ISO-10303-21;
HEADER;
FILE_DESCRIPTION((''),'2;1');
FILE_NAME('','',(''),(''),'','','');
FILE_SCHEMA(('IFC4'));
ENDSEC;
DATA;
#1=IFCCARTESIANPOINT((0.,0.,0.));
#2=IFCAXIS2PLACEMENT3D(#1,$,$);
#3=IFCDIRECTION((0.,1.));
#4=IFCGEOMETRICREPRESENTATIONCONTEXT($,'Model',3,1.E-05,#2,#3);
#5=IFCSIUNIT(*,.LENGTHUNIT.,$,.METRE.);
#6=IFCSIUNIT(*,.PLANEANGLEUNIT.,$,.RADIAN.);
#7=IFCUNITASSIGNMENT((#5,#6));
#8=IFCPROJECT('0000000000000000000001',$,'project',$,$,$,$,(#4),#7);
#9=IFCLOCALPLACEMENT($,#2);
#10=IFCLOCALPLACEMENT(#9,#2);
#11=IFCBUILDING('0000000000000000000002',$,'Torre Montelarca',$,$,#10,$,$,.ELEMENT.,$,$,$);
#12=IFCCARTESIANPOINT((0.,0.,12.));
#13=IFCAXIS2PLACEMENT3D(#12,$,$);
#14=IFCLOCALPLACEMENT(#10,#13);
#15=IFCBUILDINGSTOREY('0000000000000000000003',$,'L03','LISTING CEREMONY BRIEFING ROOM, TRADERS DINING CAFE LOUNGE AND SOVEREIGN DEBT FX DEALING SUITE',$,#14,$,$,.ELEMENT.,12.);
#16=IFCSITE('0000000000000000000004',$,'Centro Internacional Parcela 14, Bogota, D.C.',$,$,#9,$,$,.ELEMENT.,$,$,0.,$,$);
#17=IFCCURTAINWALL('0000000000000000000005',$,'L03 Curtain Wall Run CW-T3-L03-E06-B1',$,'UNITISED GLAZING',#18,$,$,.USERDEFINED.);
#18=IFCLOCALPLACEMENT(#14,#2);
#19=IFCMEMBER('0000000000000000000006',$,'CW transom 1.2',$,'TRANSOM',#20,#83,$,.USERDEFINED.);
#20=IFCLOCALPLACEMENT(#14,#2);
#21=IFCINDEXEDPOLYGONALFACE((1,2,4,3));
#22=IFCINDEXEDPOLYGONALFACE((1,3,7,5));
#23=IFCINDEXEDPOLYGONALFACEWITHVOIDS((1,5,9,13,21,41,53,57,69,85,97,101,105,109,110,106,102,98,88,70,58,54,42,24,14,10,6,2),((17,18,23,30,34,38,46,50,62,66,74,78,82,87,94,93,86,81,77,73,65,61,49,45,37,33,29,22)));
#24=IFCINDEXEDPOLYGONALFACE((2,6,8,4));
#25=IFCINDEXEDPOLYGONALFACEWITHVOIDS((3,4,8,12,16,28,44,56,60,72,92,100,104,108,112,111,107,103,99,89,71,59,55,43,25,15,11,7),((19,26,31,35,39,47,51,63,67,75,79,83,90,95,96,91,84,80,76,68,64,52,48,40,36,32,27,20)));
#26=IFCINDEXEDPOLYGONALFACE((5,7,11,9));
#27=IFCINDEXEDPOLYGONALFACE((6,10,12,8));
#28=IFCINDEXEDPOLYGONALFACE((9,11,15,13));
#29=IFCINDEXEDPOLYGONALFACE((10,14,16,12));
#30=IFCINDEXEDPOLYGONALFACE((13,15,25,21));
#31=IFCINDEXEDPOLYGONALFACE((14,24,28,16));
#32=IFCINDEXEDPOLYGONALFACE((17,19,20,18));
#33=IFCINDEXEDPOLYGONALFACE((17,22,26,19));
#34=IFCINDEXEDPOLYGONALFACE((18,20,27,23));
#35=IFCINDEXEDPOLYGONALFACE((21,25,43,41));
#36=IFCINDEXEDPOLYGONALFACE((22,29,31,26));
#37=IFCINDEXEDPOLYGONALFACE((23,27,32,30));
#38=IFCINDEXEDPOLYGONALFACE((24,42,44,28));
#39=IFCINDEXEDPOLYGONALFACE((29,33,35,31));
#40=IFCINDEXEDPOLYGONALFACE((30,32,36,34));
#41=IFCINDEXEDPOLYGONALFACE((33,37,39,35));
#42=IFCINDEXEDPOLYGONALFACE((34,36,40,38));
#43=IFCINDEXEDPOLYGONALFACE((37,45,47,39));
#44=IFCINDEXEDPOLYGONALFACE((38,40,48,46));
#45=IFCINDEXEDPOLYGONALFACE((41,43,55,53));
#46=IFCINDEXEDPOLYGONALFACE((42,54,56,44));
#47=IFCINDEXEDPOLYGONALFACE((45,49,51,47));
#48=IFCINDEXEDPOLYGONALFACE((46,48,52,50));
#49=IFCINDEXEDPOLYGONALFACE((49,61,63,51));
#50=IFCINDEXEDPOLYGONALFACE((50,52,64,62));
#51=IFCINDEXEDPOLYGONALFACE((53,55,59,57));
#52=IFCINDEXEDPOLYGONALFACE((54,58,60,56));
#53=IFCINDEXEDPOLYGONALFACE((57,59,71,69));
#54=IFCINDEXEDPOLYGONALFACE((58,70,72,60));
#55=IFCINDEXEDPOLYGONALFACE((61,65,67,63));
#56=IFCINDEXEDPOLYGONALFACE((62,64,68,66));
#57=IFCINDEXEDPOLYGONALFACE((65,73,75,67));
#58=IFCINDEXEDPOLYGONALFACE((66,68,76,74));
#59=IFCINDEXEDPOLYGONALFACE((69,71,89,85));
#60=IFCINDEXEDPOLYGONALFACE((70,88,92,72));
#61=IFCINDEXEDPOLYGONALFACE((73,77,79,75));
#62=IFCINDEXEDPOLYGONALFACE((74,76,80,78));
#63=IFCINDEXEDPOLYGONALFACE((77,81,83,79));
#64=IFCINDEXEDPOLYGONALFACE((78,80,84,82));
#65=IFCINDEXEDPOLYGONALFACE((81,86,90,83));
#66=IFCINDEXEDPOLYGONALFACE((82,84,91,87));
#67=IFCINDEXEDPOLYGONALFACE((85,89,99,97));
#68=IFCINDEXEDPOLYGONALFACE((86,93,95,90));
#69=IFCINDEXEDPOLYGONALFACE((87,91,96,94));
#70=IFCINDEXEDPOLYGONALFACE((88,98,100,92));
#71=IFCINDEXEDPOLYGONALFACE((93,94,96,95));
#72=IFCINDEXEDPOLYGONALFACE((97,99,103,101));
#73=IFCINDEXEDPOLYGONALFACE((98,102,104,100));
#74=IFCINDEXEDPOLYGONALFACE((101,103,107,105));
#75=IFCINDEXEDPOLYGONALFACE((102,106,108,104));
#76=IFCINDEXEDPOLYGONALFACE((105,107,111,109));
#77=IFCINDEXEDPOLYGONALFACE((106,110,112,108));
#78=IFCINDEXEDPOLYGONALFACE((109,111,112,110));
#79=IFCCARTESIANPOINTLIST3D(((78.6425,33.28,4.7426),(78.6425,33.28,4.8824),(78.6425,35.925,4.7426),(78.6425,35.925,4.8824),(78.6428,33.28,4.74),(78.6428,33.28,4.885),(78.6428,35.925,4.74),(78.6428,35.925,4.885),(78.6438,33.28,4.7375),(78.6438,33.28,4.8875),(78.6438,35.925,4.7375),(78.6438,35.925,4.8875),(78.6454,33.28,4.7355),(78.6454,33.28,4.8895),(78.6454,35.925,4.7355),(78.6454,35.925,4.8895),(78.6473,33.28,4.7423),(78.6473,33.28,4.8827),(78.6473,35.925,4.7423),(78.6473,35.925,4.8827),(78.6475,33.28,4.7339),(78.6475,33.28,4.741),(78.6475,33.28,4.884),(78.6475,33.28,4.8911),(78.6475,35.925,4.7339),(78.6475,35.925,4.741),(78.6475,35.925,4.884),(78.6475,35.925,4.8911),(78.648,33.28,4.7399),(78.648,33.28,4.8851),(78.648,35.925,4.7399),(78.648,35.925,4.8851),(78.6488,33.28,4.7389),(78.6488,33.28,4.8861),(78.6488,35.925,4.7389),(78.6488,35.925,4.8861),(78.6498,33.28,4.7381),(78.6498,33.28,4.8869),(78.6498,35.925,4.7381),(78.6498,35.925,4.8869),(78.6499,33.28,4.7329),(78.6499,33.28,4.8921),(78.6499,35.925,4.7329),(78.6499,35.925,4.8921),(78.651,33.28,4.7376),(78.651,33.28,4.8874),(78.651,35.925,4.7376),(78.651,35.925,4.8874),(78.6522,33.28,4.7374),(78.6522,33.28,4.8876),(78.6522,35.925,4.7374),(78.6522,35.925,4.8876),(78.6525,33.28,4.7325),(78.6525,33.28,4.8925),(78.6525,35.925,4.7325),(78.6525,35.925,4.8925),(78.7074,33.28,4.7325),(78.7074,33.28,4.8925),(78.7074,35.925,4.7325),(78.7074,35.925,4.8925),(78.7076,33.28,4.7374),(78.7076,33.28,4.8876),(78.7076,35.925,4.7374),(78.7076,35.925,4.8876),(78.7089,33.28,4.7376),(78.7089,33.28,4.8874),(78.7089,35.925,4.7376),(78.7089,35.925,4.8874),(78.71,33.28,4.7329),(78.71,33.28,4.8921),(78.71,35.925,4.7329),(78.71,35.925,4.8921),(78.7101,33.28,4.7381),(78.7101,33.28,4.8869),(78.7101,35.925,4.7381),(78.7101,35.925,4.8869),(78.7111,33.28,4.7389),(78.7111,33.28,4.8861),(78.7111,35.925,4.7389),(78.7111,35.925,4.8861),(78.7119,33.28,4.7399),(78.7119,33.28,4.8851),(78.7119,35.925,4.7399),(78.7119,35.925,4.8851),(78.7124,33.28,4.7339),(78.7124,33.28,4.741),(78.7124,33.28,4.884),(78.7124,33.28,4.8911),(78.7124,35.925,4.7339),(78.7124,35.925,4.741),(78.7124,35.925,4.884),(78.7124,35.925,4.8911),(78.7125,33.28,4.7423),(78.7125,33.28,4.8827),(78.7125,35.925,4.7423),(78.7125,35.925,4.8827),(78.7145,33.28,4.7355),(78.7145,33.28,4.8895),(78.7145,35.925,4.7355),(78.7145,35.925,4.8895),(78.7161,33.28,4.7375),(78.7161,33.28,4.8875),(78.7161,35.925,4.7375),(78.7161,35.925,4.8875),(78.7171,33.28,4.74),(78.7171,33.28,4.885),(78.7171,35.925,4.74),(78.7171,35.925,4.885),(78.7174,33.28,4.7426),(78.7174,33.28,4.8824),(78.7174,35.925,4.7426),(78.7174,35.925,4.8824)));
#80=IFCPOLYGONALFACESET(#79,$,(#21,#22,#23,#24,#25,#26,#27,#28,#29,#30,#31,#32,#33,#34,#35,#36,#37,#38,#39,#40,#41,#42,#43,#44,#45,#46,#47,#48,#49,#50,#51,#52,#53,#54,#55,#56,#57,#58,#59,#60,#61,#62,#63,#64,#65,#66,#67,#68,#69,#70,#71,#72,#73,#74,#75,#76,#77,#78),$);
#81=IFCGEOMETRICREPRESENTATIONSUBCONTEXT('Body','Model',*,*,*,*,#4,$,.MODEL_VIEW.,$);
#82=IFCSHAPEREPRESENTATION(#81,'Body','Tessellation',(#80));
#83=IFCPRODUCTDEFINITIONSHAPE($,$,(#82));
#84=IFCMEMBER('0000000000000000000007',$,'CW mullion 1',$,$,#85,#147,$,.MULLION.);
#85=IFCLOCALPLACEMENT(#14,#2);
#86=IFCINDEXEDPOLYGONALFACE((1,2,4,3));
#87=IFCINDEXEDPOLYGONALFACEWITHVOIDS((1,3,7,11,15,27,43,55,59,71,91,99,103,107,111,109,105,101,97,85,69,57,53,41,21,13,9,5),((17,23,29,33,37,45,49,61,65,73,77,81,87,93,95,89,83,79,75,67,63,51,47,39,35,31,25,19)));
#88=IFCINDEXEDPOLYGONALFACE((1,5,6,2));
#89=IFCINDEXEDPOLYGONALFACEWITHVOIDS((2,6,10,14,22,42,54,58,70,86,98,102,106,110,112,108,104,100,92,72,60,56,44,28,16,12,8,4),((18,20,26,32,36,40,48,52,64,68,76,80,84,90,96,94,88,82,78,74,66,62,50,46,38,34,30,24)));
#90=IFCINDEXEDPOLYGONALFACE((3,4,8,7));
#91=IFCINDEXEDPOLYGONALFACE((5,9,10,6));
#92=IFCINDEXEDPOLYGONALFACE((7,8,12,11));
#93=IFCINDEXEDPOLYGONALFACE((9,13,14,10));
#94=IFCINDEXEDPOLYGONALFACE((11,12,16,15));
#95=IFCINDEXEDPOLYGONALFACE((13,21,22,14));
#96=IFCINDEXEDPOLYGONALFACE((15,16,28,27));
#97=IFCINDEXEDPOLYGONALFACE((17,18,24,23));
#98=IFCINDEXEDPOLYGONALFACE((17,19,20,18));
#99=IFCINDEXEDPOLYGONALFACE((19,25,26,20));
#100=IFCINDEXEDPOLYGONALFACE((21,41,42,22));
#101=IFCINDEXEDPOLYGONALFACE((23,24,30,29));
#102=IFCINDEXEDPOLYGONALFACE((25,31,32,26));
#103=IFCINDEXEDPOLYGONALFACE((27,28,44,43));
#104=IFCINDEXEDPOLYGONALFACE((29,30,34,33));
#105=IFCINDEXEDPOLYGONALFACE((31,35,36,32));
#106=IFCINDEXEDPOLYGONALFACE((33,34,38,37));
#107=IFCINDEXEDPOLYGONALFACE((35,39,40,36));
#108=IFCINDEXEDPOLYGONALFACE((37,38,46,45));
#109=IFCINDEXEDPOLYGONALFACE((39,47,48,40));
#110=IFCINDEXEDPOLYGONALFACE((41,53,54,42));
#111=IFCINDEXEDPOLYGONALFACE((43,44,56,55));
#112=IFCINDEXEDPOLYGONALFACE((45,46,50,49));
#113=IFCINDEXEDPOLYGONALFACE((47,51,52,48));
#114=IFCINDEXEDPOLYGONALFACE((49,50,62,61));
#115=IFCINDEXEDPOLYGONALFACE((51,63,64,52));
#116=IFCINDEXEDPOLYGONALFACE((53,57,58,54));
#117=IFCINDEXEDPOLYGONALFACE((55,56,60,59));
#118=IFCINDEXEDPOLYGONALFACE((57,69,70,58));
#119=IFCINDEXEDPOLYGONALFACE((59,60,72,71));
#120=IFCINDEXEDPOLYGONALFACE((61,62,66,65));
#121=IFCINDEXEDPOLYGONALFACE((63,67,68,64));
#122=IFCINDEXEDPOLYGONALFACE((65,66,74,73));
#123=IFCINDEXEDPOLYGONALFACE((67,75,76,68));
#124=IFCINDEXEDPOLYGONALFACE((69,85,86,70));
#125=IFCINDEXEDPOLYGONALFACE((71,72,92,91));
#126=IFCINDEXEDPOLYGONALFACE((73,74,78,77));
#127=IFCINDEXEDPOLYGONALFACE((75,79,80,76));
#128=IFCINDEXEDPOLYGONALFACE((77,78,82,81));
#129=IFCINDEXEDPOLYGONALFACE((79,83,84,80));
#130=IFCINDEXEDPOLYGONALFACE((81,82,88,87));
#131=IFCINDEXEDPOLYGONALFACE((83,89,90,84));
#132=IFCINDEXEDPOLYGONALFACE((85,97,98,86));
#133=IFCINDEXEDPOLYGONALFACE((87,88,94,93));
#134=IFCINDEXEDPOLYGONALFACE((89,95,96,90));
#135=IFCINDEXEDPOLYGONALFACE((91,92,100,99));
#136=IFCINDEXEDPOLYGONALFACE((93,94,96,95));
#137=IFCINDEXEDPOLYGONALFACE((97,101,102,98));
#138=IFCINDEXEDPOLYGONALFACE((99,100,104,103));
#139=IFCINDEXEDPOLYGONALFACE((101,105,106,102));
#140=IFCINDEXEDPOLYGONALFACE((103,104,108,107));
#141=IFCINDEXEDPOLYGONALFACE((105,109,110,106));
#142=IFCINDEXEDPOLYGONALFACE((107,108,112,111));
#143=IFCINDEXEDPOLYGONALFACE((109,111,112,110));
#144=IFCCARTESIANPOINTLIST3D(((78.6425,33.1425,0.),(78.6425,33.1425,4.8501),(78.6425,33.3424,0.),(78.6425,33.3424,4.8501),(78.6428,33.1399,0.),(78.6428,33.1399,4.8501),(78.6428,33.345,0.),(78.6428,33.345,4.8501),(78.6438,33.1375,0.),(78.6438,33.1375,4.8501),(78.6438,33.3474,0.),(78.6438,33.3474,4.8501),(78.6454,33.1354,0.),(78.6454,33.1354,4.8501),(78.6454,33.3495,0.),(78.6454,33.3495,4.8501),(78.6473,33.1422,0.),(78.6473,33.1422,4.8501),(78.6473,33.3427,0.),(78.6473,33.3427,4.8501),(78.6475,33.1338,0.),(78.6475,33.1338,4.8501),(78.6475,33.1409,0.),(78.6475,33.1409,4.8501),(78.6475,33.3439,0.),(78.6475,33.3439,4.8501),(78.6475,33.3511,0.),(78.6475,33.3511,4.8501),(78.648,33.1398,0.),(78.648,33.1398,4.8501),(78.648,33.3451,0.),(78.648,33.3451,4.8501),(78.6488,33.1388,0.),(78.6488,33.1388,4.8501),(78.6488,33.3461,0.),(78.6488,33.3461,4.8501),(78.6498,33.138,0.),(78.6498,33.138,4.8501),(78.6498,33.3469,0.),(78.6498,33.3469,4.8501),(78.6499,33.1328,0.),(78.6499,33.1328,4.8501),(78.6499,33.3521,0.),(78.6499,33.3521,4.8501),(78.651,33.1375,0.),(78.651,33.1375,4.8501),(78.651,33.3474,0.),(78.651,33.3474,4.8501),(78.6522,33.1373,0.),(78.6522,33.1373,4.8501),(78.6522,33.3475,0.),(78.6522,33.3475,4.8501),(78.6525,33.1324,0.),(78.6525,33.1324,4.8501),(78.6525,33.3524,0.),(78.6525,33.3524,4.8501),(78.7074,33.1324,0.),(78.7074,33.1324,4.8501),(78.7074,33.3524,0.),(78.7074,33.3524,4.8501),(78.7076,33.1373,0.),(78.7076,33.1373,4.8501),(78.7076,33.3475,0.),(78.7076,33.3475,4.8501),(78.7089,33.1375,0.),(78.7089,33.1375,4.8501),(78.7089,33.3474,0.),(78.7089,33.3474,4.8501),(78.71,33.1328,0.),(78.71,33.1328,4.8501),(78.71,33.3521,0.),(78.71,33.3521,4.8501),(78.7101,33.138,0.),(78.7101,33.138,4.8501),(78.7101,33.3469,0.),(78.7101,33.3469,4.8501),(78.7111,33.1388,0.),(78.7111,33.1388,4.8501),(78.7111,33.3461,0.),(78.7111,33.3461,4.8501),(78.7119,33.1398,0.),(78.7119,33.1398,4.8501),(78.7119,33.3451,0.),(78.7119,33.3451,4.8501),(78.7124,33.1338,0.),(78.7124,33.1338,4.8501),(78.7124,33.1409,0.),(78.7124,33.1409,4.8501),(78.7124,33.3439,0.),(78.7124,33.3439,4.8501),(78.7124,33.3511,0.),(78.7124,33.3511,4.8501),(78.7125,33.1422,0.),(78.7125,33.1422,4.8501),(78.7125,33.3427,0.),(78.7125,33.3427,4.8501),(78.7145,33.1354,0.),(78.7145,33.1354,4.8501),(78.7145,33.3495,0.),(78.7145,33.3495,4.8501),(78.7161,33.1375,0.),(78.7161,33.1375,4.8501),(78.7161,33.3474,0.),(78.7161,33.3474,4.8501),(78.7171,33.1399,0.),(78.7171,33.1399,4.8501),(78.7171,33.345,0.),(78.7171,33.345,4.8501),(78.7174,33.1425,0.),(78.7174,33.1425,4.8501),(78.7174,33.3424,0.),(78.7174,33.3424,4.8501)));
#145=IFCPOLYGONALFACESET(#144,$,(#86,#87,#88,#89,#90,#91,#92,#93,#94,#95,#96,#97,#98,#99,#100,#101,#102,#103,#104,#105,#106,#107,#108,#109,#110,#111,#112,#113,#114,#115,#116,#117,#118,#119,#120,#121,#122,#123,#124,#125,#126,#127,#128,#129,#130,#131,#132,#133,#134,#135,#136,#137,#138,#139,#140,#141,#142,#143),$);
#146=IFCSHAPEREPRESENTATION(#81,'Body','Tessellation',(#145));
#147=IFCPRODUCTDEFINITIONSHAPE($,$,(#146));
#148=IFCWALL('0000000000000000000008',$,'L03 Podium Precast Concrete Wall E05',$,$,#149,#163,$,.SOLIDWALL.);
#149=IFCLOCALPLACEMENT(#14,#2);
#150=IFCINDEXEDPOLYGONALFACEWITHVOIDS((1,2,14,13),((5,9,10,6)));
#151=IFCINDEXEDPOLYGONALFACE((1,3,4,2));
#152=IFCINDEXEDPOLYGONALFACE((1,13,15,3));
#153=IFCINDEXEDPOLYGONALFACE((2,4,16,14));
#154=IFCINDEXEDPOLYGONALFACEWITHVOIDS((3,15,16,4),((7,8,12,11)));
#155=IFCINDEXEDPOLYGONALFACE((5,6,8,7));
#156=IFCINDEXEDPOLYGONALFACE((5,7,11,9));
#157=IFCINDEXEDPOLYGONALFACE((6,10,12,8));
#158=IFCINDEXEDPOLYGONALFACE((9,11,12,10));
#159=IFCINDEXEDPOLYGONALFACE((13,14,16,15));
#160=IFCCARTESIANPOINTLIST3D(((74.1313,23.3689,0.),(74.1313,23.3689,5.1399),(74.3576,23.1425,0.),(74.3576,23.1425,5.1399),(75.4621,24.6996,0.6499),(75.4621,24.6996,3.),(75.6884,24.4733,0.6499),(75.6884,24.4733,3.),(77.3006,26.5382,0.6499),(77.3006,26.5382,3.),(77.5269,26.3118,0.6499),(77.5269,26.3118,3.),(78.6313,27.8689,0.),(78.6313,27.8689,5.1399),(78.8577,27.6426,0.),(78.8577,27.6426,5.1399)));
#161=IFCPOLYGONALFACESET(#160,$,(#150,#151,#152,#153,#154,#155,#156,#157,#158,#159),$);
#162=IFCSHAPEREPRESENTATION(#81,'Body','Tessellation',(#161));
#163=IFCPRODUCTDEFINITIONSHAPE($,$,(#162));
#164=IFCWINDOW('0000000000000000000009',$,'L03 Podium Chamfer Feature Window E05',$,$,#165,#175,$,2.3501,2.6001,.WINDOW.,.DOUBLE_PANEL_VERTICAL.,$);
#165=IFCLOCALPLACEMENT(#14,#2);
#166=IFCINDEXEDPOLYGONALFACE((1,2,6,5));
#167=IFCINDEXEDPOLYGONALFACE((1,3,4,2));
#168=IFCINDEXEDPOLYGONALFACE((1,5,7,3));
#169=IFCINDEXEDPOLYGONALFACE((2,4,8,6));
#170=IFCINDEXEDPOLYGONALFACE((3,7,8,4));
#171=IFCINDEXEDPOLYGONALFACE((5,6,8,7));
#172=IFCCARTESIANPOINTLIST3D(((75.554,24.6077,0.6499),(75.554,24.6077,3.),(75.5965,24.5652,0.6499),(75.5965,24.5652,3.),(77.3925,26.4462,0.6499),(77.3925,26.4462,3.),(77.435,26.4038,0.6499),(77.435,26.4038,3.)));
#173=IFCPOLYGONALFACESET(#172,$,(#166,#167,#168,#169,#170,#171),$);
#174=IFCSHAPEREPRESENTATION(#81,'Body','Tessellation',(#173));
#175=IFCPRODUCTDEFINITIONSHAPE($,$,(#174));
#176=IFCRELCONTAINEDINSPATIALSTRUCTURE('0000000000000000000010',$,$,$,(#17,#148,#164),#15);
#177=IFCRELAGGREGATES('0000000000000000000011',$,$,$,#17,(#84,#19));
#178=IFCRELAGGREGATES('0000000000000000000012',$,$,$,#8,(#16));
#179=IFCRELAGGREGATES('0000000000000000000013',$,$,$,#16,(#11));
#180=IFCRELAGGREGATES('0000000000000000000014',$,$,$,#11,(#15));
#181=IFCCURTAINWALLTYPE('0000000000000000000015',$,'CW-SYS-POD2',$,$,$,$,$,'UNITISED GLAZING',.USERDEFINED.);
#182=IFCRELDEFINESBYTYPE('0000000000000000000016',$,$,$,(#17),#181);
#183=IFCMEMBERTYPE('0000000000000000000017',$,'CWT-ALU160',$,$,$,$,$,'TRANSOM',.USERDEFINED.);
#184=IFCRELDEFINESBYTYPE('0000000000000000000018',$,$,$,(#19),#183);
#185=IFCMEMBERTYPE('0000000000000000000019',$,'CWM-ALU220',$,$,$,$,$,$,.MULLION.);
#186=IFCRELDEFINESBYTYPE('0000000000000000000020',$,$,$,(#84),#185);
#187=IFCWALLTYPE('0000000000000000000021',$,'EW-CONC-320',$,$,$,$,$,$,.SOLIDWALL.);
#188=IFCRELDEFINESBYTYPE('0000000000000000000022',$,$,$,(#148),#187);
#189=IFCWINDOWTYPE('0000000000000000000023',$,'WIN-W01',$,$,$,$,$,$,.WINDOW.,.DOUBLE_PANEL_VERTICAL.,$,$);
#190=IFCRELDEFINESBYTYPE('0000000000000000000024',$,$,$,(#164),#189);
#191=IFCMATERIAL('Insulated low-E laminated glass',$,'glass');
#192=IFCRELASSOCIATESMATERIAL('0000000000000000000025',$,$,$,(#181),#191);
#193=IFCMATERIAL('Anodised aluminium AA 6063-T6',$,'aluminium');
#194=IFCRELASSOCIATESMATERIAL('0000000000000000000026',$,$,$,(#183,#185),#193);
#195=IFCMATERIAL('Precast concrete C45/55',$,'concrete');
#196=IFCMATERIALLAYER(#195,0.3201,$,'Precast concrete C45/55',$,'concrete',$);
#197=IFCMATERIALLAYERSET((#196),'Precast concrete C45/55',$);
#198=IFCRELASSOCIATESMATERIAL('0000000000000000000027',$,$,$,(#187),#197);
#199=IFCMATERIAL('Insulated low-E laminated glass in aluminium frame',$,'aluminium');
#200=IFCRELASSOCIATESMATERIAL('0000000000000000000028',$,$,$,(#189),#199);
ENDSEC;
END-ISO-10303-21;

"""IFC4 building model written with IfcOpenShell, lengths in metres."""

from ifc_helpers import new_model, si_unit, direction, frame, frame_2d, origin, origin_2d, place, context, subcontext, project, spatial, rectangle, hollow_rectangle, extrude, source, transform, mapped, material, layer, layer_set, material_profile, profile_set, type_object, element, fill, aggregate, save


model = new_model("IFC4")

# Units and contexts
model_context = context("Model", 3, precision=1e-05, world=origin(), true_north=direction((0.0, 1.0)))
body_context = subcontext(model_context, "Body", "Model", "MODEL_VIEW")
ifc_project = project(units=[si_unit("LENGTHUNIT", "METRE"), si_unit("PLANEANGLEUNIT", "RADIAN")], contexts=[model_context])

# Site, building, storey
site_placement = place(None, origin())
site = spatial("IfcSite", under=ifc_project, at=site_placement, Name="Centro Internacional Parcela 14, Bogota, D.C.", CompositionType="ELEMENT", RefElevation=0.0)
building_placement = place(site_placement, origin())
building = spatial("IfcBuilding", under=site, at=building_placement, Name="Torre Montelarca", CompositionType="ELEMENT")
storey_placement = place(building_placement, frame((0.0, 0.0, 12.0)))
storey = spatial("IfcBuildingStorey", under=building, at=storey_placement, Name="L03", Description="LISTING CEREMONY BRIEFING ROOM, TRADERS DINING CAFE LOUNGE AND SOVEREIGN DEBT FX DEALING SUITE", CompositionType="ELEMENT", Elevation=12.0)

# Curtain wall, members
ifc_material_1 = material(Name="Insulated low-E laminated glass", Category="glass")
curtain_wall_type = type_object("IfcCurtainWallType", Name="CW-SYS-POD2", ElementType="UNITISED GLAZING", PredefinedType="USERDEFINED", material=ifc_material_1)
curtain_wall_placement = place(storey_placement, origin())
curtain_wall = element("IfcCurtainWall", 1, at=curtain_wall_placement, inside=storey, type_object=curtain_wall_type, Name="L03 Curtain Wall Run CW-T3-L03-E06-B1", ObjectType="UNITISED GLAZING", PredefinedType="USERDEFINED")
ifc_material_2 = material(Name="Anodised aluminium AA 6063-T6", Category="aluminium")
ifc_material_profile_1 = material_profile(ifc_material_2, hollow_rectangle(XDim=0.075, YDim=0.1599, WallThickness=0.0049, InnerFilletRadius=0.0049, OuterFilletRadius=0.01, at=origin_2d()), Name="ALU75X160X5", Category="aluminium")
ifc_profile_set_1 = profile_set([ifc_material_profile_1], Name="Anodised aluminium AA 6063-T6")
member_type_1 = type_object("IfcMemberType", Name="CWT-ALU160", ElementType="TRANSOM", PredefinedType="USERDEFINED", material=ifc_profile_set_1)
shared_shape_1 = source(origin(), body_context, "Body", "SweptSolid", [
    extrude(hollow_rectangle(XDim=0.075, YDim=0.1599, WallThickness=0.0049, InnerFilletRadius=0.0049, OuterFilletRadius=0.01, at=origin_2d()), origin(), (0.0, 0.0, 1.0), 2.645),
])
member_1_placement = place(storey_placement, frame((78.6799, 33.28, 4.8125), z_axis=(0.0, 1.0, 0.0), x_axis=(-1.0, 0.0, 0.0)))
member_1 = element("IfcMember", 2, at=member_1_placement, type_object=member_type_1, Name="CW transom 1.2", ObjectType="TRANSOM", PredefinedType="USERDEFINED", context=body_context, shape_type="MappedRepresentation", body=[
    mapped(shared_shape_1, transform((0.0, 0.0, 0.0), scale=1.0)),
])
ifc_material_profile_2 = material_profile(ifc_material_2, hollow_rectangle(XDim=0.075, YDim=0.22, WallThickness=0.0049, InnerFilletRadius=0.0049, OuterFilletRadius=0.01, at=origin_2d()), Name="ALU75X220X5", Category="aluminium")
ifc_profile_set_2 = profile_set([ifc_material_profile_2], Name="Anodised aluminium AA 6063-T6")
member_type_2 = type_object("IfcMemberType", Name="CWM-ALU220", PredefinedType="MULLION", material=ifc_profile_set_2)
shared_shape_2 = source(origin(), body_context, "Body", "SweptSolid", [
    extrude(hollow_rectangle(XDim=0.075, YDim=0.22, WallThickness=0.0049, InnerFilletRadius=0.0049, OuterFilletRadius=0.01, at=origin_2d()), origin(), (0.0, 0.0, 1.0), 4.8501),
])
member_2_placement = place(storey_placement, frame((78.6799, 33.2424, 0.0), z_axis=(0.0, 0.0, 1.0), x_axis=(-1.0, 0.0, 0.0)))
member_2 = element("IfcMember", 3, at=member_2_placement, type_object=member_type_2, Name="CW mullion 1", PredefinedType="MULLION", context=body_context, shape_type="MappedRepresentation", body=[
    mapped(shared_shape_2, transform((0.0, 0.0, 0.0), scale=1.0)),
])
aggregate(curtain_wall, [member_2, member_1])

# Wall, opening, window
ifc_material_3 = material(Name="Precast concrete C45/55", Category="concrete")
ifc_layer_1 = layer(ifc_material_3, 0.3201, Name="Precast concrete C45/55", Category="concrete")
ifc_layer_set_1 = layer_set([ifc_layer_1], Name="Precast concrete C45/55")
wall_type = type_object("IfcWallType", Name="EW-CONC-320", PredefinedType="SOLIDWALL", material=ifc_layer_set_1)
wall_placement = place(storey_placement, frame((74.2444, 23.2556, 0.0), z_axis=(0.0, 0.0, 1.0), x_axis=(0.707107, 0.707107, 0.0)))
wall = element("IfcWall", 4, at=wall_placement, inside=storey, type_object=wall_type, Name="L03 Podium Precast Concrete Wall E05", PredefinedType="SOLIDWALL", context=body_context, shape_type="SweptSolid", body=[
    extrude(rectangle(XDim=6.364, YDim=0.3201, at=frame_2d((3.1821, 0.0))), origin(), (0.0, 0.0, 1.0), 5.1399),
])
opening_placement = place(wall_placement, frame((1.8821, 0.0, 0.6499)))
opening = element("IfcOpeningElement", 5, at=opening_placement, cuts=wall, PredefinedType="OPENING", context=body_context, shape_type="SweptSolid", body=[
    extrude(rectangle(XDim=2.6001, YDim=2.3501, at=frame_2d((1.3, 1.175))), frame((0.0, 0.1699, 0.0), z_axis=(0.0, -1.0, 0.0), x_axis=(1.0, 0.0, 0.0)), (0.0, 0.0, 1.0), 0.3401),
])
ifc_material_4 = material(Name="Insulated low-E laminated glass in aluminium frame", Category="aluminium")
window_type = type_object("IfcWindowType", Name="WIN-W01", PartitioningType="DOUBLE_PANEL_VERTICAL", PredefinedType="WINDOW", material=ifc_material_4)
shared_shape_3 = source(origin(), body_context, "Body", "SweptSolid", [
    extrude(rectangle(XDim=2.6001, YDim=2.3501, at=frame_2d((1.3, 1.175))), frame((0.0, 0.03, 0.0), z_axis=(0.0, -1.0, 0.0), x_axis=(1.0, 0.0, 0.0)), (0.0, 0.0, 1.0), 0.0601),
])
window_placement = place(opening_placement, origin())
window = element("IfcWindow", 6, at=window_placement, inside=storey, type_object=window_type, Name="L03 Podium Chamfer Feature Window E05", OverallHeight=2.3501, OverallWidth=2.6001, PartitioningType="DOUBLE_PANEL_VERTICAL", PredefinedType="WINDOW", context=body_context, shape_type="MappedRepresentation", body=[
    mapped(shared_shape_3, transform((0.0, 0.0, 0.0), scale=1.0)),
])
fill(opening, window)

save(model, "model.ifc")
